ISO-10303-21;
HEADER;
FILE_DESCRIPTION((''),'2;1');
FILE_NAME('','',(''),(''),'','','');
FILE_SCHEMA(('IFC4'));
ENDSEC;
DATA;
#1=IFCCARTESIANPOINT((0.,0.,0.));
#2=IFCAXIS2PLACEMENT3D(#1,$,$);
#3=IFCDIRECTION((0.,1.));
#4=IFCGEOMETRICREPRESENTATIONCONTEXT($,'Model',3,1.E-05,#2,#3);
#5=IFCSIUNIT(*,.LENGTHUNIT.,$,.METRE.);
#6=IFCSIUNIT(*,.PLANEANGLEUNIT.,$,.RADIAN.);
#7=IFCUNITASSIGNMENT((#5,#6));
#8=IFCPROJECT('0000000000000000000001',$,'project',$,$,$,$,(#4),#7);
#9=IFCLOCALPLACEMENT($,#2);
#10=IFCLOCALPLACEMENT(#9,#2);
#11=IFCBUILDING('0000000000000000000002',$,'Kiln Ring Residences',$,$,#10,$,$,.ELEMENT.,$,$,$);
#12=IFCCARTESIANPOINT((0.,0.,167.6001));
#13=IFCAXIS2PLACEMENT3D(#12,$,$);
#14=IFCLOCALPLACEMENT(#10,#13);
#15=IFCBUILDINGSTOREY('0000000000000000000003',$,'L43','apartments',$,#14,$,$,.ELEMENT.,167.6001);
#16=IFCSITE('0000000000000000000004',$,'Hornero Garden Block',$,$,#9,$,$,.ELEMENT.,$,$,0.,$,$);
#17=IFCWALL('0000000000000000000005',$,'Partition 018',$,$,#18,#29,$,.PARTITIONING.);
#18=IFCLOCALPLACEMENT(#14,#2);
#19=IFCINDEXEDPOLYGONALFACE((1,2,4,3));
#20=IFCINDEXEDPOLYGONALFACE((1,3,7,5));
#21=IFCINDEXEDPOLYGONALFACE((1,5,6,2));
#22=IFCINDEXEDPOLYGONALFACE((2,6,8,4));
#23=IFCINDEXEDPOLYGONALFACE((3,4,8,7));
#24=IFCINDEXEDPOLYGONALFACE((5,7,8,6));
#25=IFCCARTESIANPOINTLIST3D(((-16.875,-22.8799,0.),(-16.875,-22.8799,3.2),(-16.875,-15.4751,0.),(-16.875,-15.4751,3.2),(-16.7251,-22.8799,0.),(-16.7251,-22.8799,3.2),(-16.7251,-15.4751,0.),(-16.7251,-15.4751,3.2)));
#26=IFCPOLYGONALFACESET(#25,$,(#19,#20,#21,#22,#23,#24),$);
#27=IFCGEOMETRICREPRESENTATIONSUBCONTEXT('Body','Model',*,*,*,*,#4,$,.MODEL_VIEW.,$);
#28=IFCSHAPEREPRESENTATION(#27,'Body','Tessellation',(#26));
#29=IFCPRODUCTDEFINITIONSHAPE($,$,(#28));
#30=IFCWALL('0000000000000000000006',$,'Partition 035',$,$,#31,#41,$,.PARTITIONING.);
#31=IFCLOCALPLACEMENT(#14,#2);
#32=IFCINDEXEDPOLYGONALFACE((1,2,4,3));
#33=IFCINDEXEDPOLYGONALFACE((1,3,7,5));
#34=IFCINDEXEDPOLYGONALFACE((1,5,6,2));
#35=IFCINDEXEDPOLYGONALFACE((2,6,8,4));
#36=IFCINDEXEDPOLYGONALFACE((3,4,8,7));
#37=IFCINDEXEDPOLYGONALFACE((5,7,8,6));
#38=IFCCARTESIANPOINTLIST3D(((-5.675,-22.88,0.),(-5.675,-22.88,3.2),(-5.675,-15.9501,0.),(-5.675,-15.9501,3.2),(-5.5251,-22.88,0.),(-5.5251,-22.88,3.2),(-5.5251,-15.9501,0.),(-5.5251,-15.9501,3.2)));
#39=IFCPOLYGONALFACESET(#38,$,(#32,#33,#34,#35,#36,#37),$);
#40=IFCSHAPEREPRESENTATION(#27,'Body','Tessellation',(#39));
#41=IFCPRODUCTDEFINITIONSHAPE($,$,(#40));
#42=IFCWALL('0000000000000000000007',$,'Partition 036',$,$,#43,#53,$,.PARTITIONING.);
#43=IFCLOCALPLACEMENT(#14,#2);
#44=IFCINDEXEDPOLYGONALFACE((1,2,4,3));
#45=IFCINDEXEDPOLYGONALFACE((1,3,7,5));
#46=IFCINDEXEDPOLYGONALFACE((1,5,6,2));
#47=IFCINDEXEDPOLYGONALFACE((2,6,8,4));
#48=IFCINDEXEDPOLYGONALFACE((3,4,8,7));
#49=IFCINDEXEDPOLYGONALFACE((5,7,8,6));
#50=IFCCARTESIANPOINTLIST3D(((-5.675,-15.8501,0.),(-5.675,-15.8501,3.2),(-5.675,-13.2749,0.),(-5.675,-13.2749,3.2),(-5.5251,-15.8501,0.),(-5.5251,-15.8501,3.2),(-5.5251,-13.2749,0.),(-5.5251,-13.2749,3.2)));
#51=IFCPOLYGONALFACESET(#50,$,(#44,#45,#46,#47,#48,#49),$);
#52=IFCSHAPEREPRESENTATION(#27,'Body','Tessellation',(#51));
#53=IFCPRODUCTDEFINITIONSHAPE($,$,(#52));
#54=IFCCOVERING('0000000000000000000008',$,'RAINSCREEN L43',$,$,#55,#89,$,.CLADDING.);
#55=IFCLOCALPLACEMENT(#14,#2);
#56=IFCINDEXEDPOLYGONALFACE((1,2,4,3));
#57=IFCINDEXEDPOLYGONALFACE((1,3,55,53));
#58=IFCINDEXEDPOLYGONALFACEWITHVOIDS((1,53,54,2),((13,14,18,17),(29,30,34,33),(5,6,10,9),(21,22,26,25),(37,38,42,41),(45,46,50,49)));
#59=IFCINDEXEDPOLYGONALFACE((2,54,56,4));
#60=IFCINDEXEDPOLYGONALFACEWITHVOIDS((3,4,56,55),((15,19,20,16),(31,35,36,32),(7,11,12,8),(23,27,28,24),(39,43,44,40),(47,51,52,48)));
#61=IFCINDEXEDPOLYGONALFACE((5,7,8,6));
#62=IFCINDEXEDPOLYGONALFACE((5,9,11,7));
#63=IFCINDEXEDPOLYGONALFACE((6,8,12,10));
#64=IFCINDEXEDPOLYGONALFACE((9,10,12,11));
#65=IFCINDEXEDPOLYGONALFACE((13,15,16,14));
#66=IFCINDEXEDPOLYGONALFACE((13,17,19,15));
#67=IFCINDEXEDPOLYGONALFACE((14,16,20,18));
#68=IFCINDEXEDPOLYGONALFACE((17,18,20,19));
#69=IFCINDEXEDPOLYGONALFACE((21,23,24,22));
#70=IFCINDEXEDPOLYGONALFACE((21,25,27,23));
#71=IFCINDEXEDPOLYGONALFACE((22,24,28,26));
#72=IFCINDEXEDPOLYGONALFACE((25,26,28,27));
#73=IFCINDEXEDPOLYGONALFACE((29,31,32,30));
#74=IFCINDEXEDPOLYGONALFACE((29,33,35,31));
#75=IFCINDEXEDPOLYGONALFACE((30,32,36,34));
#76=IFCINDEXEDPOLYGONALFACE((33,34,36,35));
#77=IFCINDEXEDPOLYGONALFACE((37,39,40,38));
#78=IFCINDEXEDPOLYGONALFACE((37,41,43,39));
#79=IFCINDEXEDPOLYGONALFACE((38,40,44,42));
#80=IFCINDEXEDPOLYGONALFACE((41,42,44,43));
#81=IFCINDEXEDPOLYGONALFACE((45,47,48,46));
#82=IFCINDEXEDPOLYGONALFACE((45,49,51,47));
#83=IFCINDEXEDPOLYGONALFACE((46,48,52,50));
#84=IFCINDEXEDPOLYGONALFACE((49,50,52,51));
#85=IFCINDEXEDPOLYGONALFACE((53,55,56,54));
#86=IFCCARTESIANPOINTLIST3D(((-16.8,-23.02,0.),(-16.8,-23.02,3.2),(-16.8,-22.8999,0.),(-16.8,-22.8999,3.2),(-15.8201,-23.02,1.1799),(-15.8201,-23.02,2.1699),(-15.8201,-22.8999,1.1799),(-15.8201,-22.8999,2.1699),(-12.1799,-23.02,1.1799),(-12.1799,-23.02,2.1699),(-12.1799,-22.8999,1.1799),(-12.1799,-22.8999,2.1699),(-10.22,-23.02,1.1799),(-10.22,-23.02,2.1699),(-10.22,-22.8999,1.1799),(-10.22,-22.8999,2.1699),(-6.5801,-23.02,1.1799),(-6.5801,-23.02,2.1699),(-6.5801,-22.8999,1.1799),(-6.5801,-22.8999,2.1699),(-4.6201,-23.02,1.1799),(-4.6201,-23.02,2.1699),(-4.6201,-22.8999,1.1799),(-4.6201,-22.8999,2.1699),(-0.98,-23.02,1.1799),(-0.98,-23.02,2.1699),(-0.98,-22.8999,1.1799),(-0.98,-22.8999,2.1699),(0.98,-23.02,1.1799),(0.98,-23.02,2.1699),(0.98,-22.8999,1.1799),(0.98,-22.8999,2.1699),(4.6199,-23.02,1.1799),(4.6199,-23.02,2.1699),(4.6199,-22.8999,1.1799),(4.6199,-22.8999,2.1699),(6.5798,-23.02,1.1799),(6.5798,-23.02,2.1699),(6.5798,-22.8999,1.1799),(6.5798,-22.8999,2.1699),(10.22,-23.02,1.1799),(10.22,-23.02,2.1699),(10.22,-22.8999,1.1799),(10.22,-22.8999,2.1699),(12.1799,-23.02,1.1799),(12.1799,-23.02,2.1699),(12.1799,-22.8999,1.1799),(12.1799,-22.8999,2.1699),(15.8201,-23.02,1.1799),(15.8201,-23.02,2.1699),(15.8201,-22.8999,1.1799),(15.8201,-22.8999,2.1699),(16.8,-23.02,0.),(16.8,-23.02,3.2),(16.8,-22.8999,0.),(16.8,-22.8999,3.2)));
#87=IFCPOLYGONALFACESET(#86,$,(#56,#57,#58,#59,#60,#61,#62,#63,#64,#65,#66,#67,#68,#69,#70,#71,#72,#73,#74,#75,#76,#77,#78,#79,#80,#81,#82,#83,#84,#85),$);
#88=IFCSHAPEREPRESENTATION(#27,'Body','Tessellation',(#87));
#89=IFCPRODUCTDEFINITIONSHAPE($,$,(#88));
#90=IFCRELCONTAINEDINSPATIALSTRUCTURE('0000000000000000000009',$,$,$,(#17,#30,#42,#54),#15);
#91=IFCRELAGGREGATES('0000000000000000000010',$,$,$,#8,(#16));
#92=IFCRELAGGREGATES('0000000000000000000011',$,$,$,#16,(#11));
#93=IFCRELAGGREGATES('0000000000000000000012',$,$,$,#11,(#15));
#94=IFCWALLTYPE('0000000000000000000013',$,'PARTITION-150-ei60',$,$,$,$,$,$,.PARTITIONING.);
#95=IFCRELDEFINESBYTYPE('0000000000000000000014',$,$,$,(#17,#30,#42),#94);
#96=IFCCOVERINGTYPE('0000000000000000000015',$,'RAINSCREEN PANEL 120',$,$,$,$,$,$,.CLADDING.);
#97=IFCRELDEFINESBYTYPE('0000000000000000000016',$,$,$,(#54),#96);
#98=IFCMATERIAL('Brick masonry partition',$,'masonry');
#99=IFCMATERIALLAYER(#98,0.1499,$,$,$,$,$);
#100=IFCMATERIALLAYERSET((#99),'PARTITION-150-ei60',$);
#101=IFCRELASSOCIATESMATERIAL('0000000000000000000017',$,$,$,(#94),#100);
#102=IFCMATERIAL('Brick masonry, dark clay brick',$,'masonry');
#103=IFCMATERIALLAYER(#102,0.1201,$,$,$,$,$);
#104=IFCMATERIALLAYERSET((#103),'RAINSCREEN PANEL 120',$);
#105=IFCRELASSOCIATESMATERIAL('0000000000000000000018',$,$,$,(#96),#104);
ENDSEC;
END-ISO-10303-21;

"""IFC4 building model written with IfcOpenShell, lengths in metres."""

from ifc_helpers import new_model, si_unit, direction, frame, frame_2d, origin, place, context, subcontext, project, spatial, polyline, rectangle, outline, extrude, material, layer, layer_set, type_object, element, save


model = new_model("IFC4")

# Units and contexts
model_context = context("Model", 3, precision=1e-05, world=origin(), true_north=direction((0.0, 1.0)))
body_context = subcontext(model_context, "Body", "Model", "MODEL_VIEW")
ifc_project = project(units=[si_unit("LENGTHUNIT", "METRE"), si_unit("PLANEANGLEUNIT", "RADIAN")], contexts=[model_context])

# Site, building, storey
site_placement = place(None, origin())
site = spatial("IfcSite", under=ifc_project, at=site_placement, Name="Hornero Garden Block", CompositionType="ELEMENT", RefElevation=0.0)
building_placement = place(site_placement, origin())
building = spatial("IfcBuilding", under=site, at=building_placement, Name="Kiln Ring Residences", CompositionType="ELEMENT")
storey_placement = place(building_placement, frame((0.0, 0.0, 167.6001)))
storey = spatial("IfcBuildingStorey", under=building, at=storey_placement, Name="L43", Description="apartments", CompositionType="ELEMENT", Elevation=167.6001)

# Walls
ifc_material_1 = material(Name="Brick masonry partition", Category="masonry")
ifc_layer_1 = layer(ifc_material_1, 0.1499)
ifc_layer_set_1 = layer_set([ifc_layer_1], Name="PARTITION-150-ei60")
wall_type_1 = type_object("IfcWallType", Name="PARTITION-150-ei60", PredefinedType="PARTITIONING", material=ifc_layer_set_1)
wall_1_placement = place(storey_placement, frame((-16.8, -22.8799, 0.0), z_axis=(0.0, 0.0, 1.0), x_axis=(0.0, 1.0, 0.0)))
element("IfcWall", 1, at=wall_1_placement, inside=storey, type_object=wall_type_1, Name="Partition 018", PredefinedType="PARTITIONING", context=body_context, shape_type="SweptSolid", body=[
    extrude(rectangle(XDim=7.4048, YDim=0.1499, at=frame_2d((3.7024, 0.0))), origin(), (0.0, 0.0, 1.0), 3.2),
])
wall_2_placement = place(storey_placement, frame((-5.6001, -22.8799, 0.0), z_axis=(0.0, 0.0, 1.0), x_axis=(0.0, 1.0, 0.0)))
element("IfcWall", 2, at=wall_2_placement, inside=storey, type_object=wall_type_1, Name="Partition 035", PredefinedType="PARTITIONING", context=body_context, shape_type="SweptSolid", body=[
    extrude(rectangle(XDim=6.9299, YDim=0.1499, at=frame_2d((3.4648, 0.0))), origin(), (0.0, 0.0, 1.0), 3.2),
])
wall_3_placement = place(storey_placement, frame((-5.6001, -15.8501, 0.0), z_axis=(0.0, 0.0, 1.0), x_axis=(0.0, 1.0, 0.0)))
element("IfcWall", 3, at=wall_3_placement, inside=storey, type_object=wall_type_1, Name="Partition 036", PredefinedType="PARTITIONING", context=body_context, shape_type="SweptSolid", body=[
    extrude(rectangle(XDim=2.5752, YDim=0.1499, at=frame_2d((1.2876, 0.0))), origin(), (0.0, 0.0, 1.0), 3.2),
])

# Covering
ifc_material_2 = material(Name="Brick masonry, dark clay brick", Category="masonry")
ifc_layer_2 = layer(ifc_material_2, 0.1201)
ifc_layer_set_2 = layer_set([ifc_layer_2], Name="RAINSCREEN PANEL 120")
covering_type = type_object("IfcCoveringType", Name="RAINSCREEN PANEL 120", PredefinedType="CLADDING", material=ifc_layer_set_2)
covering_placement = place(storey_placement, frame((-16.8, -22.96, 0.0), z_axis=(0.0, 0.0, 1.0), x_axis=(1.0, 0.0, 0.0)))
element("IfcCovering", 4, at=covering_placement, inside=storey, type_object=covering_type, Name="RAINSCREEN L43", PredefinedType="CLADDING", context=body_context, shape_type="SweptSolid", body=[
    extrude(outline(polyline([(0.0, 0.0), (33.6001, 0.0), (33.6001, 3.2), (0.0, 3.2), (0.0, 0.0)]), holes=[polyline([(4.6201, 1.1799), (4.6201, 2.1699), (0.98, 2.1699), (0.98, 1.1799), (4.6201, 1.1799)]), polyline([(6.5801, 1.1799), (10.22, 1.1799), (10.22, 2.1699), (6.5801, 2.1699), (6.5801, 1.1799)]), polyline([(12.1799, 1.1799), (15.8201, 1.1799), (15.8201, 2.1699), (12.1799, 2.1699), (12.1799, 1.1799)]), polyline([(21.4199, 1.1799), (21.4199, 2.1699), (17.78, 2.1699), (17.78, 1.1799), (21.4199, 1.1799)]), polyline([(23.3799, 1.1799), (27.02, 1.1799), (27.02, 2.1699), (23.3799, 2.1699), (23.3799, 1.1799)]), polyline([(28.98, 1.1799), (32.6201, 1.1799), (32.6201, 2.1699), (28.98, 2.1699), (28.98, 1.1799)])]), frame((0.0, 0.0601, 0.0), z_axis=(0.0, -1.0, 0.0), x_axis=(1.0, 0.0, 0.0)), (0.0, 0.0, 1.0), 0.1201),
])

save(model, "model.ifc")
